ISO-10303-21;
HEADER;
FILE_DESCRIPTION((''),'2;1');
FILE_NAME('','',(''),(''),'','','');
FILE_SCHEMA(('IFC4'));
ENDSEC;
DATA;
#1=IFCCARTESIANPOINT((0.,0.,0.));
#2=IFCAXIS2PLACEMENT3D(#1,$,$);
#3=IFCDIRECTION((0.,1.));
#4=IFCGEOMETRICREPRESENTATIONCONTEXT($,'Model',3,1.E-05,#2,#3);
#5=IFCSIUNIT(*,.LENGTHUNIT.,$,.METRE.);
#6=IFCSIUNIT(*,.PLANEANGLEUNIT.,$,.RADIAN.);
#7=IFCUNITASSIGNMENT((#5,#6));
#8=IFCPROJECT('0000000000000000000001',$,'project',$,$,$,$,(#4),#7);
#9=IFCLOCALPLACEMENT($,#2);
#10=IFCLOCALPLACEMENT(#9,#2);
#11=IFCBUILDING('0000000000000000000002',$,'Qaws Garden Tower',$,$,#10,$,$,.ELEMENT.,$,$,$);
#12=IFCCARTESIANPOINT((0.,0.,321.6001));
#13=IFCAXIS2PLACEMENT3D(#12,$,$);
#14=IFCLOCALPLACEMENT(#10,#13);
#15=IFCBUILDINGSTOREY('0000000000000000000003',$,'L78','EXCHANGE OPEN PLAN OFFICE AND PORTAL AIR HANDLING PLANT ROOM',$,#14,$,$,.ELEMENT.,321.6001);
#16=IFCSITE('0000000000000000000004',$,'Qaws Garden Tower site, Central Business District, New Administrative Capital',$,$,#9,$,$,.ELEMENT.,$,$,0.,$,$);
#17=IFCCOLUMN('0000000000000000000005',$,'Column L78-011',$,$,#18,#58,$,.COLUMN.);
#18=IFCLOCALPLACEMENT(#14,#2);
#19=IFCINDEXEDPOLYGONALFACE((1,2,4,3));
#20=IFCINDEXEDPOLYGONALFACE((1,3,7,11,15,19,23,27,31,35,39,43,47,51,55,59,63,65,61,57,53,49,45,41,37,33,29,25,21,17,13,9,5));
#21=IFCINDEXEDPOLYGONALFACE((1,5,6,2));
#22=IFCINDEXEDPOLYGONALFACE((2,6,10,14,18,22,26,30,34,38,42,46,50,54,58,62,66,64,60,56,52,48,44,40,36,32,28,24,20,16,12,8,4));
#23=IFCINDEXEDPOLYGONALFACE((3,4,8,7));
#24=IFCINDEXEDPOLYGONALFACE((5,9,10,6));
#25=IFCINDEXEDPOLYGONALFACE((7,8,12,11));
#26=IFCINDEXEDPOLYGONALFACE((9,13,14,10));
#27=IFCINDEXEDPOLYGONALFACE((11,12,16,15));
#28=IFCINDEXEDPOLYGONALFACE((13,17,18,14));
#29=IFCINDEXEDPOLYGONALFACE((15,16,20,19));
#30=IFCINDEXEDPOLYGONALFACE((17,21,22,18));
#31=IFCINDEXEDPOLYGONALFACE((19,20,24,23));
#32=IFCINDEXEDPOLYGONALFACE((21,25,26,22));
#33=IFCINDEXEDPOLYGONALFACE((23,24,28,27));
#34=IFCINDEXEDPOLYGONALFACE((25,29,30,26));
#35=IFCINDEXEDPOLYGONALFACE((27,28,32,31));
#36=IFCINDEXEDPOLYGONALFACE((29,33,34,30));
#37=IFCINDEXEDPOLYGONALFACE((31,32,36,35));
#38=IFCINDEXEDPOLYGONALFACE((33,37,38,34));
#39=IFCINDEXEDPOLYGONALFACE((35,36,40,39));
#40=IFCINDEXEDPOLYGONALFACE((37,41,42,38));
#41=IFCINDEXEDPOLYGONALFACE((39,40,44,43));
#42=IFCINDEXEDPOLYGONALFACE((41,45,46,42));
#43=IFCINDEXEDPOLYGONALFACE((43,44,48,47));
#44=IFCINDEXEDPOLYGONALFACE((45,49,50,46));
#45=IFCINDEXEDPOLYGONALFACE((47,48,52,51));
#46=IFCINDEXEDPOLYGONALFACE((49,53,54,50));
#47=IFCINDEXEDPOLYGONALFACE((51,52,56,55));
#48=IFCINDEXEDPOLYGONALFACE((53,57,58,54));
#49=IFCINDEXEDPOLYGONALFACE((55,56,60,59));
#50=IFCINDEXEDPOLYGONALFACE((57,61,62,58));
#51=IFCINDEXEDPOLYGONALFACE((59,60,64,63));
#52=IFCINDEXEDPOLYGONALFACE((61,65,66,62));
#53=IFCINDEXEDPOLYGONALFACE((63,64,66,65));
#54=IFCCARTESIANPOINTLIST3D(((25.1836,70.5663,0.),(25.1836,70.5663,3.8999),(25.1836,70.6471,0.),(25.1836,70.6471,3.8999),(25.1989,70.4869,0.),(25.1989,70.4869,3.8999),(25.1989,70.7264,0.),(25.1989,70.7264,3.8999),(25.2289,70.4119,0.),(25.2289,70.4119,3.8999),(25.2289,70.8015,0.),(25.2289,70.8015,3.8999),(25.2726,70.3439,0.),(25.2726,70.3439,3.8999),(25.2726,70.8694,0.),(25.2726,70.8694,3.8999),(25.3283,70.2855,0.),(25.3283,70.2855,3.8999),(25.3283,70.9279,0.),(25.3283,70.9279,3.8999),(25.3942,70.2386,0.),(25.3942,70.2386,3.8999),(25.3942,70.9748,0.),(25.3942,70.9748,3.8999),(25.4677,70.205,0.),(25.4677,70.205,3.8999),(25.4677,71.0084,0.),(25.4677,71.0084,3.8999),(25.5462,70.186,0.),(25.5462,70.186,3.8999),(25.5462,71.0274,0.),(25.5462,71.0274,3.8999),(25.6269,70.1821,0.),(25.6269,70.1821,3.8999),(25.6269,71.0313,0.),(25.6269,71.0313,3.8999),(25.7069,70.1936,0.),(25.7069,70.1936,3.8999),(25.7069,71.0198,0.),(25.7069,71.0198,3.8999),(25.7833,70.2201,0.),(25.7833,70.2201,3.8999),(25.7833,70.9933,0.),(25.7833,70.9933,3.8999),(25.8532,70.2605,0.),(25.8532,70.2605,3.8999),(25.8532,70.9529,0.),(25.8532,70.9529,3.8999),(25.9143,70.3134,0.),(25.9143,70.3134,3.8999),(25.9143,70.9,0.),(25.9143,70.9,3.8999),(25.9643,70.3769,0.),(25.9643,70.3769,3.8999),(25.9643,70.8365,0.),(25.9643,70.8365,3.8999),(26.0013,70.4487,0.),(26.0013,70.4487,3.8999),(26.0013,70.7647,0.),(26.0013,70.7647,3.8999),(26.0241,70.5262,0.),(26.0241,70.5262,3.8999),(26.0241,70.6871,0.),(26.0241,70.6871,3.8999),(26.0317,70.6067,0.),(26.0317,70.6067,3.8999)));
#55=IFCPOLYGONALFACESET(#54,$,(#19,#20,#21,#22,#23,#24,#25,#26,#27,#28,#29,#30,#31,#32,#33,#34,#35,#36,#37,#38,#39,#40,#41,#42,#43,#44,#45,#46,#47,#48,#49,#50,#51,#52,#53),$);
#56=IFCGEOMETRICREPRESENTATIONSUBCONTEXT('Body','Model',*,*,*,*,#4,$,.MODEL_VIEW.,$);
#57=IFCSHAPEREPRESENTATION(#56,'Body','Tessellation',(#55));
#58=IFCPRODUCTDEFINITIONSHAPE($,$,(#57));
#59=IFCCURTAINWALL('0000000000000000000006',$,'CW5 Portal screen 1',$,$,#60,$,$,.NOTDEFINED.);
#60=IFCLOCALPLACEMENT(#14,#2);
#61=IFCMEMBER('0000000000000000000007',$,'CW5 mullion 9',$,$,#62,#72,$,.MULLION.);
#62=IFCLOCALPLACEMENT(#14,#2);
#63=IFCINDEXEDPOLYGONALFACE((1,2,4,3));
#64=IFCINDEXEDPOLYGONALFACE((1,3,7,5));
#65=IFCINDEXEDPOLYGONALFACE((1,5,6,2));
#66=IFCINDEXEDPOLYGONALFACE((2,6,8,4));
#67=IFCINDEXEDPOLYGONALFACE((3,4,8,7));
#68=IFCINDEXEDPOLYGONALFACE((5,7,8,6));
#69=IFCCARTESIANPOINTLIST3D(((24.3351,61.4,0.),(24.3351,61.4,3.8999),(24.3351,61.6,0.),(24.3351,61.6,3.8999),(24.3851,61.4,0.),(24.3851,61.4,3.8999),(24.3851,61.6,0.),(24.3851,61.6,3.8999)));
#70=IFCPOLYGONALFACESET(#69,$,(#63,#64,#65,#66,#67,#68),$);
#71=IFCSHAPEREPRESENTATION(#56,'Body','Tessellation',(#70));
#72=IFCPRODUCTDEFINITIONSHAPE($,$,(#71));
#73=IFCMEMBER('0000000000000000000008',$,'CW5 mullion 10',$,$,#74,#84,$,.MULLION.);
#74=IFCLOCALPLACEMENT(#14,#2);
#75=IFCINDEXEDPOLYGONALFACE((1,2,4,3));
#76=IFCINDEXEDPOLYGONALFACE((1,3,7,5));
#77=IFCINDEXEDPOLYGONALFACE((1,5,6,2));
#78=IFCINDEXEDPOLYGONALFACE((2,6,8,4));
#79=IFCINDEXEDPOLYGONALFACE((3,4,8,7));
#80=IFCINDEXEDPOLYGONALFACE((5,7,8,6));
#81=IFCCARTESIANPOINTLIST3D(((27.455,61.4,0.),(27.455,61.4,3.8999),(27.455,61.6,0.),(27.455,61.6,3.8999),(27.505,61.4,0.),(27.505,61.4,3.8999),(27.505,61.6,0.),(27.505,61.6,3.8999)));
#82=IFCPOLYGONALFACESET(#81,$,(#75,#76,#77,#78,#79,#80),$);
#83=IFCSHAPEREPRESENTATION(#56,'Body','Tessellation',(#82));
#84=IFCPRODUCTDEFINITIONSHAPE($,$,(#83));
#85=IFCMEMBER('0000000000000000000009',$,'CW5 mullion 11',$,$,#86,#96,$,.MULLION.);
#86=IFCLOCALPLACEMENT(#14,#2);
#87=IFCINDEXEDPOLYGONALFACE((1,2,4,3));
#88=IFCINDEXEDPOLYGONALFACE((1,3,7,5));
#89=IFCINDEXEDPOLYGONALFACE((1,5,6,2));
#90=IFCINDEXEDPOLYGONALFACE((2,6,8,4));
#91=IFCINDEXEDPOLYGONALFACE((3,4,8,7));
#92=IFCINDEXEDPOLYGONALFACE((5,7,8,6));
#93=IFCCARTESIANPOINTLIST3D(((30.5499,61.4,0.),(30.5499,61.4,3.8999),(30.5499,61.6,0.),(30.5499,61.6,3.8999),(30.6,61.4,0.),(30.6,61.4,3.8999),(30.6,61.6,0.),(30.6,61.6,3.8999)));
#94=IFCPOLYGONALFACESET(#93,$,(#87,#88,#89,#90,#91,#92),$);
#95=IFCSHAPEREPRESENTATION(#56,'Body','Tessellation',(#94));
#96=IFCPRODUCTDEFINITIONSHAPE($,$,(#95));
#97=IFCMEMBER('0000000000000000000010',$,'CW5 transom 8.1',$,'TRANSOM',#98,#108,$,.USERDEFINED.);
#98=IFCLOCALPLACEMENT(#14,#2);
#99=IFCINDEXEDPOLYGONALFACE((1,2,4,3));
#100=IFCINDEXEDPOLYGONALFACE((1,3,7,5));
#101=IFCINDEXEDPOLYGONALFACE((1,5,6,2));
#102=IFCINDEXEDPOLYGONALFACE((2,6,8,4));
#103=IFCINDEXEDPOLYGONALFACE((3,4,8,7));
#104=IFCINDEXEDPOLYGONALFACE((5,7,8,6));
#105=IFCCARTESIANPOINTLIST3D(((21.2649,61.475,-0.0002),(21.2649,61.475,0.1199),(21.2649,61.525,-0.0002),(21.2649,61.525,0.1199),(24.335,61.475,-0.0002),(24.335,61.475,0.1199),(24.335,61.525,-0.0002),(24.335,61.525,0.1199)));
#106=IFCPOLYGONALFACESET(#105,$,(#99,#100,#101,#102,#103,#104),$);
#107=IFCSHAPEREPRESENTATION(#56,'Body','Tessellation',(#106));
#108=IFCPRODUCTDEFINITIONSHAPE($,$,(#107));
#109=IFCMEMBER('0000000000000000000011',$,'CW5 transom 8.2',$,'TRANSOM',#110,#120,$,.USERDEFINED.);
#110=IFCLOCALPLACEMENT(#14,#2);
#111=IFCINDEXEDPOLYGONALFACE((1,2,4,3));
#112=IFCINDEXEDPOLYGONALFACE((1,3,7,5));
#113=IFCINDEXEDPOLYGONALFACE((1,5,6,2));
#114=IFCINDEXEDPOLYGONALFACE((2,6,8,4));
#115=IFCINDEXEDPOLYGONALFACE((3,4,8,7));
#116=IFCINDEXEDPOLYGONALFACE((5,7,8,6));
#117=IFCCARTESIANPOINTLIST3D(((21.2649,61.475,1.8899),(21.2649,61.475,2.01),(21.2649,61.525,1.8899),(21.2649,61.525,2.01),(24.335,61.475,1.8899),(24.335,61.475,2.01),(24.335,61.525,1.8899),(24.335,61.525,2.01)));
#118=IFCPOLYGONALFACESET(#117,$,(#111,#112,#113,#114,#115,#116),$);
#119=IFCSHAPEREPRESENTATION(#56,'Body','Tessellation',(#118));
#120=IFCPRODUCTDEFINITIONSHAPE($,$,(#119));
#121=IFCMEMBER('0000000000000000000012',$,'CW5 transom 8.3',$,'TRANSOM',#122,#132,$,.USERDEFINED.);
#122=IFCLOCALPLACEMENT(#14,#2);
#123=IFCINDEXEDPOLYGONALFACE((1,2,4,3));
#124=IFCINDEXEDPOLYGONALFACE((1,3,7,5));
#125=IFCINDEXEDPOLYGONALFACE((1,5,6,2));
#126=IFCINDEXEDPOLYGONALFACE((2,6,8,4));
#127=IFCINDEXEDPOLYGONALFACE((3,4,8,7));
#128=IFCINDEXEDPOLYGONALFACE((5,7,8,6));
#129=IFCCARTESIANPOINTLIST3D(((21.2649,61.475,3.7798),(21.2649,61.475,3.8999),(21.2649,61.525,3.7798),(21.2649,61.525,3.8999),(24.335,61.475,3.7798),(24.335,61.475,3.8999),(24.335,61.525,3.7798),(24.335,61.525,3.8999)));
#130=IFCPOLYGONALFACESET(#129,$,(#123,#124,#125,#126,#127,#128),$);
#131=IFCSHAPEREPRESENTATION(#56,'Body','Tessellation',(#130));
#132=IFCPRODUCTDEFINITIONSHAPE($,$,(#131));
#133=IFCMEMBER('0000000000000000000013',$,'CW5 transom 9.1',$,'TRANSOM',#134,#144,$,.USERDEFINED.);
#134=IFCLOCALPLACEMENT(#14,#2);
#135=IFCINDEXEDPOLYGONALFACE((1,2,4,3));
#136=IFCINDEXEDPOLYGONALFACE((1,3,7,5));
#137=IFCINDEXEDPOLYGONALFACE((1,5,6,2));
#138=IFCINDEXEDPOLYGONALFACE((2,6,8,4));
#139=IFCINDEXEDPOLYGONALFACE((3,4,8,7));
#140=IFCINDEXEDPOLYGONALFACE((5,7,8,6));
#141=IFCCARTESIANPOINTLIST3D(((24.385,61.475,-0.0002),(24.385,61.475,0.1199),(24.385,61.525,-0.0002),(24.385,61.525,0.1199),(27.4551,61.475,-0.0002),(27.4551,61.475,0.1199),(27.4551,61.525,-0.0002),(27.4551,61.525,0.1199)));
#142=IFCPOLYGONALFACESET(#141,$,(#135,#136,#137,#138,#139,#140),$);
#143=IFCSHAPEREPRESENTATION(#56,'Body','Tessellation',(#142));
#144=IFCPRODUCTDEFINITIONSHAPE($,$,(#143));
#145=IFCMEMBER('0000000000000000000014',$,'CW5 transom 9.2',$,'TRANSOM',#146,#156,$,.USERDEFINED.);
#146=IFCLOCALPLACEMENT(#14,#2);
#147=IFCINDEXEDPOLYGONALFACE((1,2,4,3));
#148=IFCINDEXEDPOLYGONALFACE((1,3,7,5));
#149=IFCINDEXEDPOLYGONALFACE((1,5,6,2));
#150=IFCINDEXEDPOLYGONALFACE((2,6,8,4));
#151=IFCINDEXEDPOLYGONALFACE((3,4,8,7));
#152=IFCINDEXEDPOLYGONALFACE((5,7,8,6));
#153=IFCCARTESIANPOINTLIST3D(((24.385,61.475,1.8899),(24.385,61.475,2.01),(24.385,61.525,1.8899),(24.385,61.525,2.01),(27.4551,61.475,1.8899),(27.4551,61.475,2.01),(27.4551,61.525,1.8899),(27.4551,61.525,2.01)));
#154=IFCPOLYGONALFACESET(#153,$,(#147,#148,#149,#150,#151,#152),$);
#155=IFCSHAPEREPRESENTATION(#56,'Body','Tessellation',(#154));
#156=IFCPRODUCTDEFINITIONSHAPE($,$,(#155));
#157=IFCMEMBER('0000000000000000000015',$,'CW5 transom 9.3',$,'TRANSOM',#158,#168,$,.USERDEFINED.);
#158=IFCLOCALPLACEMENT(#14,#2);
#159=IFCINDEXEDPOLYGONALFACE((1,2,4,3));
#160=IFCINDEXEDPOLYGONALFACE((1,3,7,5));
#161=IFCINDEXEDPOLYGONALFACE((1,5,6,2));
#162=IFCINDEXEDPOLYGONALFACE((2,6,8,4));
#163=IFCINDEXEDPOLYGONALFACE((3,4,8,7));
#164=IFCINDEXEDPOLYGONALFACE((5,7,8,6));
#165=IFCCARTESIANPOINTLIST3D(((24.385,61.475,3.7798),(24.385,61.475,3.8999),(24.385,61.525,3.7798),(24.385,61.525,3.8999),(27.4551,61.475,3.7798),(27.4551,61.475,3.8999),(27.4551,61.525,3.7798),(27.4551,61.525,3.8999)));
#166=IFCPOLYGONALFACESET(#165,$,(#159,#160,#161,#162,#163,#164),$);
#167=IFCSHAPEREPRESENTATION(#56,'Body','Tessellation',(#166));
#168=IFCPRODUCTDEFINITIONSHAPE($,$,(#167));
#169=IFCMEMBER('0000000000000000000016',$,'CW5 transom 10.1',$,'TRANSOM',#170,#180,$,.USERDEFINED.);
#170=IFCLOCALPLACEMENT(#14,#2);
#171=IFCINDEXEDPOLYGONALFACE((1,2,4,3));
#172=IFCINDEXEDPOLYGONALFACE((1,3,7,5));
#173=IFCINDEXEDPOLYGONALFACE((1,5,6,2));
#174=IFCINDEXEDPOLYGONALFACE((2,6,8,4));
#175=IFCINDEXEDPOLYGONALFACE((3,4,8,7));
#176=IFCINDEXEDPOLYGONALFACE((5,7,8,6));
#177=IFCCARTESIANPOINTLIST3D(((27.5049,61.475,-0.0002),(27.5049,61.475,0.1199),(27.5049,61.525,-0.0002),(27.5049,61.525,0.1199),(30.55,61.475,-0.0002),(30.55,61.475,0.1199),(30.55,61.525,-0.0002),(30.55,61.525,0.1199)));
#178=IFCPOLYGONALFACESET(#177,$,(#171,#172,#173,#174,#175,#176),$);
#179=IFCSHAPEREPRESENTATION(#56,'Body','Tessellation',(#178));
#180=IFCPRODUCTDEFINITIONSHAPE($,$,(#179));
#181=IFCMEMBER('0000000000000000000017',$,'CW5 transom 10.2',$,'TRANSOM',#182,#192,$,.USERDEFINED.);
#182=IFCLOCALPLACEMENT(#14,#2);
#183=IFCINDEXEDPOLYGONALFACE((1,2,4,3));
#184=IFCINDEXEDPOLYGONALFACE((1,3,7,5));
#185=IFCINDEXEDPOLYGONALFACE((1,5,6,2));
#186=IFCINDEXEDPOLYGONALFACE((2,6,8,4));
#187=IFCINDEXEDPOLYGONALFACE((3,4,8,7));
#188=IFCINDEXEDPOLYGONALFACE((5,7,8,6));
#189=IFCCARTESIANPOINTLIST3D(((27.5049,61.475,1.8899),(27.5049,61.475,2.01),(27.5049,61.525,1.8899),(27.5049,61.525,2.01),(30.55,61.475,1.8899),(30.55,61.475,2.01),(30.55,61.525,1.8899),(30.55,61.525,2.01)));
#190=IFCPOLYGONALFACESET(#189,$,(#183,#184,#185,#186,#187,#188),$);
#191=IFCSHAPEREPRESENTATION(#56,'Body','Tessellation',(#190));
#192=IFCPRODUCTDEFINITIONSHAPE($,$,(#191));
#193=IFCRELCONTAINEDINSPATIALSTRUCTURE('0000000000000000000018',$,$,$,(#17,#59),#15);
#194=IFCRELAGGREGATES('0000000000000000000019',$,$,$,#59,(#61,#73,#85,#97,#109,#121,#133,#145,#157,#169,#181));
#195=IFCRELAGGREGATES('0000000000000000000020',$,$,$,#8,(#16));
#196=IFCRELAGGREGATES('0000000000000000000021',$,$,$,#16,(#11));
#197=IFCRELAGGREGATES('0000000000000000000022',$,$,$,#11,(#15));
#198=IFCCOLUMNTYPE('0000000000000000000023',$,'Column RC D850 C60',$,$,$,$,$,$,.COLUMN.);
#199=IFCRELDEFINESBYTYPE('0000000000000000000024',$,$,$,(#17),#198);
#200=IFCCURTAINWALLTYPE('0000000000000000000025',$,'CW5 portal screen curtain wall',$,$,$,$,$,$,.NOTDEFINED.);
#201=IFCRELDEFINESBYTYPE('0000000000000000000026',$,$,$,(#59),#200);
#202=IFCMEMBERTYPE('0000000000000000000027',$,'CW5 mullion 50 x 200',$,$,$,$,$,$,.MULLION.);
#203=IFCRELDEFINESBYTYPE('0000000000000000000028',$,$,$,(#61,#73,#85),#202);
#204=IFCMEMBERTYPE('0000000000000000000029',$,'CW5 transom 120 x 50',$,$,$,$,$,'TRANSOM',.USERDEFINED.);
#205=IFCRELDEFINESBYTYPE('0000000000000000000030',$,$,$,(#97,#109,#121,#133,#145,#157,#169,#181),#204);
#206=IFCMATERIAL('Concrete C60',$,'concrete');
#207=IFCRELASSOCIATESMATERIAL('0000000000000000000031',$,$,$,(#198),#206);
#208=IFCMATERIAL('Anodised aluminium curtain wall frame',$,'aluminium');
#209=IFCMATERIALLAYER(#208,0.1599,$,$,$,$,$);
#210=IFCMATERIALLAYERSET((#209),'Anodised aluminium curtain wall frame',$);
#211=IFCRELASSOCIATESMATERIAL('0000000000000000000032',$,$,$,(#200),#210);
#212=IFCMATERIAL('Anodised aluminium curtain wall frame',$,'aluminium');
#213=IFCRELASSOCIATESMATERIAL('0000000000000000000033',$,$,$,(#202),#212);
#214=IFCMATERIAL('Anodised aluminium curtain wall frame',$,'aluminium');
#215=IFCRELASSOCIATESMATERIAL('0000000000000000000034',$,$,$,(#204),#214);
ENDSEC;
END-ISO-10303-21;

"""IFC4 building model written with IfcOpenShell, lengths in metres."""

from ifc_helpers import new_model, si_unit, direction, frame, origin, origin_2d, place, context, subcontext, project, spatial, rectangle, circle, extrude, material, layer, layer_set, material_profile, profile_set, type_object, element, aggregate, save


model = new_model("IFC4")

# Units and contexts
model_context = context("Model", 3, precision=1e-05, world=origin(), true_north=direction((0.0, 1.0)))
body_context = subcontext(model_context, "Body", "Model", "MODEL_VIEW")
ifc_project = project(units=[si_unit("LENGTHUNIT", "METRE"), si_unit("PLANEANGLEUNIT", "RADIAN")], contexts=[model_context])

# Site, building, storey
site_placement = place(None, origin())
site = spatial("IfcSite", under=ifc_project, at=site_placement, Name="Qaws Garden Tower site, Central Business District, New Administrative Capital", CompositionType="ELEMENT", RefElevation=0.0)
building_placement = place(site_placement, origin())
building = spatial("IfcBuilding", under=site, at=building_placement, Name="Qaws Garden Tower", CompositionType="ELEMENT")
storey_placement = place(building_placement, frame((0.0, 0.0, 321.6001)))
storey = spatial("IfcBuildingStorey", under=building, at=storey_placement, Name="L78", Description="EXCHANGE OPEN PLAN OFFICE AND PORTAL AIR HANDLING PLANT ROOM", CompositionType="ELEMENT", Elevation=321.6001)

# Column
ifc_material_1 = material(Name="Concrete C60", Category="concrete")
ifc_material_profile_1 = material_profile(ifc_material_1, circle(Radius=0.425, at=origin_2d()), Name="RC D850")
ifc_profile_set_1 = profile_set([ifc_material_profile_1], Name="Concrete C60")
column_type = type_object("IfcColumnType", Name="Column RC D850 C60", PredefinedType="COLUMN", material=ifc_profile_set_1)
column_placement = place(storey_placement, frame((25.6067, 70.6067, 0.0), z_axis=(0.0, 0.0, 1.0), x_axis=(1.0, 0.0, 0.0)))
element("IfcColumn", 1, at=column_placement, inside=storey, type_object=column_type, Name="Column L78-011", PredefinedType="COLUMN", context=body_context, shape_type="SweptSolid", body=[
    extrude(circle(Radius=0.425, at=origin_2d()), origin(), (0.0, 0.0, 1.0), 3.8999),
])

# Curtain wall, members
ifc_material_2 = material(Name="Anodised aluminium curtain wall frame", Category="aluminium")
ifc_layer_1 = layer(ifc_material_2, 0.1599)
ifc_layer_set_1 = layer_set([ifc_layer_1], Name="Anodised aluminium curtain wall frame")
curtain_wall_type = type_object("IfcCurtainWallType", Name="CW5 portal screen curtain wall", PredefinedType="NOTDEFINED", material=ifc_layer_set_1)
curtain_wall_placement = place(storey_placement, origin())
curtain_wall = element("IfcCurtainWall", 2, at=curtain_wall_placement, inside=storey, type_object=curtain_wall_type, Name="CW5 Portal screen 1", PredefinedType="NOTDEFINED")
ifc_material_3 = material(Name="Anodised aluminium curtain wall frame", Category="aluminium")
ifc_material_profile_2 = material_profile(ifc_material_3, rectangle(XDim=0.2, YDim=0.05, at=origin_2d()), Name="AL 50x200")
ifc_profile_set_2 = profile_set([ifc_material_profile_2], Name="Anodised aluminium curtain wall frame")
member_type_1 = type_object("IfcMemberType", Name="CW5 mullion 50 x 200", PredefinedType="MULLION", material=ifc_profile_set_2)
member_1_placement = place(storey_placement, frame((24.3601, 61.5, 0.0), z_axis=(0.0, 0.0, 1.0), x_axis=(0.0, 1.0, 0.0)))
member_1 = element("IfcMember", 3, at=member_1_placement, type_object=member_type_1, Name="CW5 mullion 9", PredefinedType="MULLION", context=body_context, shape_type="SweptSolid", body=[
    extrude(rectangle(XDim=0.2, YDim=0.05, at=origin_2d()), origin(), (0.0, 0.0, 1.0), 3.8999),
])
member_2_placement = place(storey_placement, frame((27.48, 61.5, 0.0), z_axis=(0.0, 0.0, 1.0), x_axis=(0.0, 1.0, 0.0)))
member_2 = element("IfcMember", 4, at=member_2_placement, type_object=member_type_1, Name="CW5 mullion 10", PredefinedType="MULLION", context=body_context, shape_type="SweptSolid", body=[
    extrude(rectangle(XDim=0.2, YDim=0.05, at=origin_2d()), origin(), (0.0, 0.0, 1.0), 3.8999),
])
member_3_placement = place(storey_placement, frame((30.575, 61.5, 0.0), z_axis=(0.0, 0.0, 1.0), x_axis=(0.0, 1.0, 0.0)))
member_3 = element("IfcMember", 5, at=member_3_placement, type_object=member_type_1, Name="CW5 mullion 11", PredefinedType="MULLION", context=body_context, shape_type="SweptSolid", body=[
    extrude(rectangle(XDim=0.2, YDim=0.05, at=origin_2d()), origin(), (0.0, 0.0, 1.0), 3.8999),
])
ifc_material_4 = material(Name="Anodised aluminium curtain wall frame", Category="aluminium")
ifc_material_profile_3 = material_profile(ifc_material_4, rectangle(XDim=0.05, YDim=0.1201, at=origin_2d()), Name="AL 50x120")
ifc_profile_set_3 = profile_set([ifc_material_profile_3], Name="Anodised aluminium curtain wall frame")
member_type_2 = type_object("IfcMemberType", Name="CW5 transom 120 x 50", ElementType="TRANSOM", PredefinedType="USERDEFINED", material=ifc_profile_set_3)
member_4_placement = place(storey_placement, frame((21.2649, 61.5, 0.0598), z_axis=(1.0, 0.0, 0.0), x_axis=(0.0, 1.0, 0.0)))
member_4 = element("IfcMember", 6, at=member_4_placement, type_object=member_type_2, Name="CW5 transom 8.1", ObjectType="TRANSOM", PredefinedType="USERDEFINED", context=body_context, shape_type="SweptSolid", body=[
    extrude(rectangle(XDim=0.05, YDim=0.1201, at=origin_2d()), origin(), (0.0, 0.0, 1.0), 3.0701),
])
member_5_placement = place(storey_placement, frame((21.2649, 61.5, 1.95), z_axis=(1.0, 0.0, 0.0), x_axis=(0.0, 1.0, 0.0)))
member_5 = element("IfcMember", 7, at=member_5_placement, type_object=member_type_2, Name="CW5 transom 8.2", ObjectType="TRANSOM", PredefinedType="USERDEFINED", context=body_context, shape_type="SweptSolid", body=[
    extrude(rectangle(XDim=0.05, YDim=0.1201, at=origin_2d()), origin(), (0.0, 0.0, 1.0), 3.0701),
])
member_6_placement = place(storey_placement, frame((21.2649, 61.5, 3.8398), z_axis=(1.0, 0.0, 0.0), x_axis=(0.0, 1.0, 0.0)))
member_6 = element("IfcMember", 8, at=member_6_placement, type_object=member_type_2, Name="CW5 transom 8.3", ObjectType="TRANSOM", PredefinedType="USERDEFINED", context=body_context, shape_type="SweptSolid", body=[
    extrude(rectangle(XDim=0.05, YDim=0.1201, at=origin_2d()), origin(), (0.0, 0.0, 1.0), 3.0701),
])
member_7_placement = place(storey_placement, frame((24.385, 61.5, 0.0598), z_axis=(1.0, 0.0, 0.0), x_axis=(0.0, 1.0, 0.0)))
member_7 = element("IfcMember", 9, at=member_7_placement, type_object=member_type_2, Name="CW5 transom 9.1", ObjectType="TRANSOM", PredefinedType="USERDEFINED", context=body_context, shape_type="SweptSolid", body=[
    extrude(rectangle(XDim=0.05, YDim=0.1201, at=origin_2d()), origin(), (0.0, 0.0, 1.0), 3.0701),
])
member_8_placement = place(storey_placement, frame((24.385, 61.5, 1.95), z_axis=(1.0, 0.0, 0.0), x_axis=(0.0, 1.0, 0.0)))
member_8 = element("IfcMember", 10, at=member_8_placement, type_object=member_type_2, Name="CW5 transom 9.2", ObjectType="TRANSOM", PredefinedType="USERDEFINED", context=body_context, shape_type="SweptSolid", body=[
    extrude(rectangle(XDim=0.05, YDim=0.1201, at=origin_2d()), origin(), (0.0, 0.0, 1.0), 3.0701),
])
member_9_placement = place(storey_placement, frame((24.385, 61.5, 3.8398), z_axis=(1.0, 0.0, 0.0), x_axis=(0.0, 1.0, 0.0)))
member_9 = element("IfcMember", 11, at=member_9_placement, type_object=member_type_2, Name="CW5 transom 9.3", ObjectType="TRANSOM", PredefinedType="USERDEFINED", context=body_context, shape_type="SweptSolid", body=[
    extrude(rectangle(XDim=0.05, YDim=0.1201, at=origin_2d()), origin(), (0.0, 0.0, 1.0), 3.0701),
])
member_10_placement = place(storey_placement, frame((27.5049, 61.5, 0.0598), z_axis=(1.0, 0.0, 0.0), x_axis=(0.0, 1.0, 0.0)))
member_10 = element("IfcMember", 12, at=member_10_placement, type_object=member_type_2, Name="CW5 transom 10.1", ObjectType="TRANSOM", PredefinedType="USERDEFINED", context=body_context, shape_type="SweptSolid", body=[
    extrude(rectangle(XDim=0.05, YDim=0.1201, at=origin_2d()), origin(), (0.0, 0.0, 1.0), 3.0452),
])
member_11_placement = place(storey_placement, frame((27.5049, 61.5, 1.95), z_axis=(1.0, 0.0, 0.0), x_axis=(0.0, 1.0, 0.0)))
member_11 = element("IfcMember", 13, at=member_11_placement, type_object=member_type_2, Name="CW5 transom 10.2", ObjectType="TRANSOM", PredefinedType="USERDEFINED", context=body_context, shape_type="SweptSolid", body=[
    extrude(rectangle(XDim=0.05, YDim=0.1201, at=origin_2d()), origin(), (0.0, 0.0, 1.0), 3.0452),
])

aggregate(curtain_wall, [member_1, member_2, member_3, member_4, member_5, member_6, member_7, member_8, member_9, member_10, member_11])

save(model, "model.ifc")
